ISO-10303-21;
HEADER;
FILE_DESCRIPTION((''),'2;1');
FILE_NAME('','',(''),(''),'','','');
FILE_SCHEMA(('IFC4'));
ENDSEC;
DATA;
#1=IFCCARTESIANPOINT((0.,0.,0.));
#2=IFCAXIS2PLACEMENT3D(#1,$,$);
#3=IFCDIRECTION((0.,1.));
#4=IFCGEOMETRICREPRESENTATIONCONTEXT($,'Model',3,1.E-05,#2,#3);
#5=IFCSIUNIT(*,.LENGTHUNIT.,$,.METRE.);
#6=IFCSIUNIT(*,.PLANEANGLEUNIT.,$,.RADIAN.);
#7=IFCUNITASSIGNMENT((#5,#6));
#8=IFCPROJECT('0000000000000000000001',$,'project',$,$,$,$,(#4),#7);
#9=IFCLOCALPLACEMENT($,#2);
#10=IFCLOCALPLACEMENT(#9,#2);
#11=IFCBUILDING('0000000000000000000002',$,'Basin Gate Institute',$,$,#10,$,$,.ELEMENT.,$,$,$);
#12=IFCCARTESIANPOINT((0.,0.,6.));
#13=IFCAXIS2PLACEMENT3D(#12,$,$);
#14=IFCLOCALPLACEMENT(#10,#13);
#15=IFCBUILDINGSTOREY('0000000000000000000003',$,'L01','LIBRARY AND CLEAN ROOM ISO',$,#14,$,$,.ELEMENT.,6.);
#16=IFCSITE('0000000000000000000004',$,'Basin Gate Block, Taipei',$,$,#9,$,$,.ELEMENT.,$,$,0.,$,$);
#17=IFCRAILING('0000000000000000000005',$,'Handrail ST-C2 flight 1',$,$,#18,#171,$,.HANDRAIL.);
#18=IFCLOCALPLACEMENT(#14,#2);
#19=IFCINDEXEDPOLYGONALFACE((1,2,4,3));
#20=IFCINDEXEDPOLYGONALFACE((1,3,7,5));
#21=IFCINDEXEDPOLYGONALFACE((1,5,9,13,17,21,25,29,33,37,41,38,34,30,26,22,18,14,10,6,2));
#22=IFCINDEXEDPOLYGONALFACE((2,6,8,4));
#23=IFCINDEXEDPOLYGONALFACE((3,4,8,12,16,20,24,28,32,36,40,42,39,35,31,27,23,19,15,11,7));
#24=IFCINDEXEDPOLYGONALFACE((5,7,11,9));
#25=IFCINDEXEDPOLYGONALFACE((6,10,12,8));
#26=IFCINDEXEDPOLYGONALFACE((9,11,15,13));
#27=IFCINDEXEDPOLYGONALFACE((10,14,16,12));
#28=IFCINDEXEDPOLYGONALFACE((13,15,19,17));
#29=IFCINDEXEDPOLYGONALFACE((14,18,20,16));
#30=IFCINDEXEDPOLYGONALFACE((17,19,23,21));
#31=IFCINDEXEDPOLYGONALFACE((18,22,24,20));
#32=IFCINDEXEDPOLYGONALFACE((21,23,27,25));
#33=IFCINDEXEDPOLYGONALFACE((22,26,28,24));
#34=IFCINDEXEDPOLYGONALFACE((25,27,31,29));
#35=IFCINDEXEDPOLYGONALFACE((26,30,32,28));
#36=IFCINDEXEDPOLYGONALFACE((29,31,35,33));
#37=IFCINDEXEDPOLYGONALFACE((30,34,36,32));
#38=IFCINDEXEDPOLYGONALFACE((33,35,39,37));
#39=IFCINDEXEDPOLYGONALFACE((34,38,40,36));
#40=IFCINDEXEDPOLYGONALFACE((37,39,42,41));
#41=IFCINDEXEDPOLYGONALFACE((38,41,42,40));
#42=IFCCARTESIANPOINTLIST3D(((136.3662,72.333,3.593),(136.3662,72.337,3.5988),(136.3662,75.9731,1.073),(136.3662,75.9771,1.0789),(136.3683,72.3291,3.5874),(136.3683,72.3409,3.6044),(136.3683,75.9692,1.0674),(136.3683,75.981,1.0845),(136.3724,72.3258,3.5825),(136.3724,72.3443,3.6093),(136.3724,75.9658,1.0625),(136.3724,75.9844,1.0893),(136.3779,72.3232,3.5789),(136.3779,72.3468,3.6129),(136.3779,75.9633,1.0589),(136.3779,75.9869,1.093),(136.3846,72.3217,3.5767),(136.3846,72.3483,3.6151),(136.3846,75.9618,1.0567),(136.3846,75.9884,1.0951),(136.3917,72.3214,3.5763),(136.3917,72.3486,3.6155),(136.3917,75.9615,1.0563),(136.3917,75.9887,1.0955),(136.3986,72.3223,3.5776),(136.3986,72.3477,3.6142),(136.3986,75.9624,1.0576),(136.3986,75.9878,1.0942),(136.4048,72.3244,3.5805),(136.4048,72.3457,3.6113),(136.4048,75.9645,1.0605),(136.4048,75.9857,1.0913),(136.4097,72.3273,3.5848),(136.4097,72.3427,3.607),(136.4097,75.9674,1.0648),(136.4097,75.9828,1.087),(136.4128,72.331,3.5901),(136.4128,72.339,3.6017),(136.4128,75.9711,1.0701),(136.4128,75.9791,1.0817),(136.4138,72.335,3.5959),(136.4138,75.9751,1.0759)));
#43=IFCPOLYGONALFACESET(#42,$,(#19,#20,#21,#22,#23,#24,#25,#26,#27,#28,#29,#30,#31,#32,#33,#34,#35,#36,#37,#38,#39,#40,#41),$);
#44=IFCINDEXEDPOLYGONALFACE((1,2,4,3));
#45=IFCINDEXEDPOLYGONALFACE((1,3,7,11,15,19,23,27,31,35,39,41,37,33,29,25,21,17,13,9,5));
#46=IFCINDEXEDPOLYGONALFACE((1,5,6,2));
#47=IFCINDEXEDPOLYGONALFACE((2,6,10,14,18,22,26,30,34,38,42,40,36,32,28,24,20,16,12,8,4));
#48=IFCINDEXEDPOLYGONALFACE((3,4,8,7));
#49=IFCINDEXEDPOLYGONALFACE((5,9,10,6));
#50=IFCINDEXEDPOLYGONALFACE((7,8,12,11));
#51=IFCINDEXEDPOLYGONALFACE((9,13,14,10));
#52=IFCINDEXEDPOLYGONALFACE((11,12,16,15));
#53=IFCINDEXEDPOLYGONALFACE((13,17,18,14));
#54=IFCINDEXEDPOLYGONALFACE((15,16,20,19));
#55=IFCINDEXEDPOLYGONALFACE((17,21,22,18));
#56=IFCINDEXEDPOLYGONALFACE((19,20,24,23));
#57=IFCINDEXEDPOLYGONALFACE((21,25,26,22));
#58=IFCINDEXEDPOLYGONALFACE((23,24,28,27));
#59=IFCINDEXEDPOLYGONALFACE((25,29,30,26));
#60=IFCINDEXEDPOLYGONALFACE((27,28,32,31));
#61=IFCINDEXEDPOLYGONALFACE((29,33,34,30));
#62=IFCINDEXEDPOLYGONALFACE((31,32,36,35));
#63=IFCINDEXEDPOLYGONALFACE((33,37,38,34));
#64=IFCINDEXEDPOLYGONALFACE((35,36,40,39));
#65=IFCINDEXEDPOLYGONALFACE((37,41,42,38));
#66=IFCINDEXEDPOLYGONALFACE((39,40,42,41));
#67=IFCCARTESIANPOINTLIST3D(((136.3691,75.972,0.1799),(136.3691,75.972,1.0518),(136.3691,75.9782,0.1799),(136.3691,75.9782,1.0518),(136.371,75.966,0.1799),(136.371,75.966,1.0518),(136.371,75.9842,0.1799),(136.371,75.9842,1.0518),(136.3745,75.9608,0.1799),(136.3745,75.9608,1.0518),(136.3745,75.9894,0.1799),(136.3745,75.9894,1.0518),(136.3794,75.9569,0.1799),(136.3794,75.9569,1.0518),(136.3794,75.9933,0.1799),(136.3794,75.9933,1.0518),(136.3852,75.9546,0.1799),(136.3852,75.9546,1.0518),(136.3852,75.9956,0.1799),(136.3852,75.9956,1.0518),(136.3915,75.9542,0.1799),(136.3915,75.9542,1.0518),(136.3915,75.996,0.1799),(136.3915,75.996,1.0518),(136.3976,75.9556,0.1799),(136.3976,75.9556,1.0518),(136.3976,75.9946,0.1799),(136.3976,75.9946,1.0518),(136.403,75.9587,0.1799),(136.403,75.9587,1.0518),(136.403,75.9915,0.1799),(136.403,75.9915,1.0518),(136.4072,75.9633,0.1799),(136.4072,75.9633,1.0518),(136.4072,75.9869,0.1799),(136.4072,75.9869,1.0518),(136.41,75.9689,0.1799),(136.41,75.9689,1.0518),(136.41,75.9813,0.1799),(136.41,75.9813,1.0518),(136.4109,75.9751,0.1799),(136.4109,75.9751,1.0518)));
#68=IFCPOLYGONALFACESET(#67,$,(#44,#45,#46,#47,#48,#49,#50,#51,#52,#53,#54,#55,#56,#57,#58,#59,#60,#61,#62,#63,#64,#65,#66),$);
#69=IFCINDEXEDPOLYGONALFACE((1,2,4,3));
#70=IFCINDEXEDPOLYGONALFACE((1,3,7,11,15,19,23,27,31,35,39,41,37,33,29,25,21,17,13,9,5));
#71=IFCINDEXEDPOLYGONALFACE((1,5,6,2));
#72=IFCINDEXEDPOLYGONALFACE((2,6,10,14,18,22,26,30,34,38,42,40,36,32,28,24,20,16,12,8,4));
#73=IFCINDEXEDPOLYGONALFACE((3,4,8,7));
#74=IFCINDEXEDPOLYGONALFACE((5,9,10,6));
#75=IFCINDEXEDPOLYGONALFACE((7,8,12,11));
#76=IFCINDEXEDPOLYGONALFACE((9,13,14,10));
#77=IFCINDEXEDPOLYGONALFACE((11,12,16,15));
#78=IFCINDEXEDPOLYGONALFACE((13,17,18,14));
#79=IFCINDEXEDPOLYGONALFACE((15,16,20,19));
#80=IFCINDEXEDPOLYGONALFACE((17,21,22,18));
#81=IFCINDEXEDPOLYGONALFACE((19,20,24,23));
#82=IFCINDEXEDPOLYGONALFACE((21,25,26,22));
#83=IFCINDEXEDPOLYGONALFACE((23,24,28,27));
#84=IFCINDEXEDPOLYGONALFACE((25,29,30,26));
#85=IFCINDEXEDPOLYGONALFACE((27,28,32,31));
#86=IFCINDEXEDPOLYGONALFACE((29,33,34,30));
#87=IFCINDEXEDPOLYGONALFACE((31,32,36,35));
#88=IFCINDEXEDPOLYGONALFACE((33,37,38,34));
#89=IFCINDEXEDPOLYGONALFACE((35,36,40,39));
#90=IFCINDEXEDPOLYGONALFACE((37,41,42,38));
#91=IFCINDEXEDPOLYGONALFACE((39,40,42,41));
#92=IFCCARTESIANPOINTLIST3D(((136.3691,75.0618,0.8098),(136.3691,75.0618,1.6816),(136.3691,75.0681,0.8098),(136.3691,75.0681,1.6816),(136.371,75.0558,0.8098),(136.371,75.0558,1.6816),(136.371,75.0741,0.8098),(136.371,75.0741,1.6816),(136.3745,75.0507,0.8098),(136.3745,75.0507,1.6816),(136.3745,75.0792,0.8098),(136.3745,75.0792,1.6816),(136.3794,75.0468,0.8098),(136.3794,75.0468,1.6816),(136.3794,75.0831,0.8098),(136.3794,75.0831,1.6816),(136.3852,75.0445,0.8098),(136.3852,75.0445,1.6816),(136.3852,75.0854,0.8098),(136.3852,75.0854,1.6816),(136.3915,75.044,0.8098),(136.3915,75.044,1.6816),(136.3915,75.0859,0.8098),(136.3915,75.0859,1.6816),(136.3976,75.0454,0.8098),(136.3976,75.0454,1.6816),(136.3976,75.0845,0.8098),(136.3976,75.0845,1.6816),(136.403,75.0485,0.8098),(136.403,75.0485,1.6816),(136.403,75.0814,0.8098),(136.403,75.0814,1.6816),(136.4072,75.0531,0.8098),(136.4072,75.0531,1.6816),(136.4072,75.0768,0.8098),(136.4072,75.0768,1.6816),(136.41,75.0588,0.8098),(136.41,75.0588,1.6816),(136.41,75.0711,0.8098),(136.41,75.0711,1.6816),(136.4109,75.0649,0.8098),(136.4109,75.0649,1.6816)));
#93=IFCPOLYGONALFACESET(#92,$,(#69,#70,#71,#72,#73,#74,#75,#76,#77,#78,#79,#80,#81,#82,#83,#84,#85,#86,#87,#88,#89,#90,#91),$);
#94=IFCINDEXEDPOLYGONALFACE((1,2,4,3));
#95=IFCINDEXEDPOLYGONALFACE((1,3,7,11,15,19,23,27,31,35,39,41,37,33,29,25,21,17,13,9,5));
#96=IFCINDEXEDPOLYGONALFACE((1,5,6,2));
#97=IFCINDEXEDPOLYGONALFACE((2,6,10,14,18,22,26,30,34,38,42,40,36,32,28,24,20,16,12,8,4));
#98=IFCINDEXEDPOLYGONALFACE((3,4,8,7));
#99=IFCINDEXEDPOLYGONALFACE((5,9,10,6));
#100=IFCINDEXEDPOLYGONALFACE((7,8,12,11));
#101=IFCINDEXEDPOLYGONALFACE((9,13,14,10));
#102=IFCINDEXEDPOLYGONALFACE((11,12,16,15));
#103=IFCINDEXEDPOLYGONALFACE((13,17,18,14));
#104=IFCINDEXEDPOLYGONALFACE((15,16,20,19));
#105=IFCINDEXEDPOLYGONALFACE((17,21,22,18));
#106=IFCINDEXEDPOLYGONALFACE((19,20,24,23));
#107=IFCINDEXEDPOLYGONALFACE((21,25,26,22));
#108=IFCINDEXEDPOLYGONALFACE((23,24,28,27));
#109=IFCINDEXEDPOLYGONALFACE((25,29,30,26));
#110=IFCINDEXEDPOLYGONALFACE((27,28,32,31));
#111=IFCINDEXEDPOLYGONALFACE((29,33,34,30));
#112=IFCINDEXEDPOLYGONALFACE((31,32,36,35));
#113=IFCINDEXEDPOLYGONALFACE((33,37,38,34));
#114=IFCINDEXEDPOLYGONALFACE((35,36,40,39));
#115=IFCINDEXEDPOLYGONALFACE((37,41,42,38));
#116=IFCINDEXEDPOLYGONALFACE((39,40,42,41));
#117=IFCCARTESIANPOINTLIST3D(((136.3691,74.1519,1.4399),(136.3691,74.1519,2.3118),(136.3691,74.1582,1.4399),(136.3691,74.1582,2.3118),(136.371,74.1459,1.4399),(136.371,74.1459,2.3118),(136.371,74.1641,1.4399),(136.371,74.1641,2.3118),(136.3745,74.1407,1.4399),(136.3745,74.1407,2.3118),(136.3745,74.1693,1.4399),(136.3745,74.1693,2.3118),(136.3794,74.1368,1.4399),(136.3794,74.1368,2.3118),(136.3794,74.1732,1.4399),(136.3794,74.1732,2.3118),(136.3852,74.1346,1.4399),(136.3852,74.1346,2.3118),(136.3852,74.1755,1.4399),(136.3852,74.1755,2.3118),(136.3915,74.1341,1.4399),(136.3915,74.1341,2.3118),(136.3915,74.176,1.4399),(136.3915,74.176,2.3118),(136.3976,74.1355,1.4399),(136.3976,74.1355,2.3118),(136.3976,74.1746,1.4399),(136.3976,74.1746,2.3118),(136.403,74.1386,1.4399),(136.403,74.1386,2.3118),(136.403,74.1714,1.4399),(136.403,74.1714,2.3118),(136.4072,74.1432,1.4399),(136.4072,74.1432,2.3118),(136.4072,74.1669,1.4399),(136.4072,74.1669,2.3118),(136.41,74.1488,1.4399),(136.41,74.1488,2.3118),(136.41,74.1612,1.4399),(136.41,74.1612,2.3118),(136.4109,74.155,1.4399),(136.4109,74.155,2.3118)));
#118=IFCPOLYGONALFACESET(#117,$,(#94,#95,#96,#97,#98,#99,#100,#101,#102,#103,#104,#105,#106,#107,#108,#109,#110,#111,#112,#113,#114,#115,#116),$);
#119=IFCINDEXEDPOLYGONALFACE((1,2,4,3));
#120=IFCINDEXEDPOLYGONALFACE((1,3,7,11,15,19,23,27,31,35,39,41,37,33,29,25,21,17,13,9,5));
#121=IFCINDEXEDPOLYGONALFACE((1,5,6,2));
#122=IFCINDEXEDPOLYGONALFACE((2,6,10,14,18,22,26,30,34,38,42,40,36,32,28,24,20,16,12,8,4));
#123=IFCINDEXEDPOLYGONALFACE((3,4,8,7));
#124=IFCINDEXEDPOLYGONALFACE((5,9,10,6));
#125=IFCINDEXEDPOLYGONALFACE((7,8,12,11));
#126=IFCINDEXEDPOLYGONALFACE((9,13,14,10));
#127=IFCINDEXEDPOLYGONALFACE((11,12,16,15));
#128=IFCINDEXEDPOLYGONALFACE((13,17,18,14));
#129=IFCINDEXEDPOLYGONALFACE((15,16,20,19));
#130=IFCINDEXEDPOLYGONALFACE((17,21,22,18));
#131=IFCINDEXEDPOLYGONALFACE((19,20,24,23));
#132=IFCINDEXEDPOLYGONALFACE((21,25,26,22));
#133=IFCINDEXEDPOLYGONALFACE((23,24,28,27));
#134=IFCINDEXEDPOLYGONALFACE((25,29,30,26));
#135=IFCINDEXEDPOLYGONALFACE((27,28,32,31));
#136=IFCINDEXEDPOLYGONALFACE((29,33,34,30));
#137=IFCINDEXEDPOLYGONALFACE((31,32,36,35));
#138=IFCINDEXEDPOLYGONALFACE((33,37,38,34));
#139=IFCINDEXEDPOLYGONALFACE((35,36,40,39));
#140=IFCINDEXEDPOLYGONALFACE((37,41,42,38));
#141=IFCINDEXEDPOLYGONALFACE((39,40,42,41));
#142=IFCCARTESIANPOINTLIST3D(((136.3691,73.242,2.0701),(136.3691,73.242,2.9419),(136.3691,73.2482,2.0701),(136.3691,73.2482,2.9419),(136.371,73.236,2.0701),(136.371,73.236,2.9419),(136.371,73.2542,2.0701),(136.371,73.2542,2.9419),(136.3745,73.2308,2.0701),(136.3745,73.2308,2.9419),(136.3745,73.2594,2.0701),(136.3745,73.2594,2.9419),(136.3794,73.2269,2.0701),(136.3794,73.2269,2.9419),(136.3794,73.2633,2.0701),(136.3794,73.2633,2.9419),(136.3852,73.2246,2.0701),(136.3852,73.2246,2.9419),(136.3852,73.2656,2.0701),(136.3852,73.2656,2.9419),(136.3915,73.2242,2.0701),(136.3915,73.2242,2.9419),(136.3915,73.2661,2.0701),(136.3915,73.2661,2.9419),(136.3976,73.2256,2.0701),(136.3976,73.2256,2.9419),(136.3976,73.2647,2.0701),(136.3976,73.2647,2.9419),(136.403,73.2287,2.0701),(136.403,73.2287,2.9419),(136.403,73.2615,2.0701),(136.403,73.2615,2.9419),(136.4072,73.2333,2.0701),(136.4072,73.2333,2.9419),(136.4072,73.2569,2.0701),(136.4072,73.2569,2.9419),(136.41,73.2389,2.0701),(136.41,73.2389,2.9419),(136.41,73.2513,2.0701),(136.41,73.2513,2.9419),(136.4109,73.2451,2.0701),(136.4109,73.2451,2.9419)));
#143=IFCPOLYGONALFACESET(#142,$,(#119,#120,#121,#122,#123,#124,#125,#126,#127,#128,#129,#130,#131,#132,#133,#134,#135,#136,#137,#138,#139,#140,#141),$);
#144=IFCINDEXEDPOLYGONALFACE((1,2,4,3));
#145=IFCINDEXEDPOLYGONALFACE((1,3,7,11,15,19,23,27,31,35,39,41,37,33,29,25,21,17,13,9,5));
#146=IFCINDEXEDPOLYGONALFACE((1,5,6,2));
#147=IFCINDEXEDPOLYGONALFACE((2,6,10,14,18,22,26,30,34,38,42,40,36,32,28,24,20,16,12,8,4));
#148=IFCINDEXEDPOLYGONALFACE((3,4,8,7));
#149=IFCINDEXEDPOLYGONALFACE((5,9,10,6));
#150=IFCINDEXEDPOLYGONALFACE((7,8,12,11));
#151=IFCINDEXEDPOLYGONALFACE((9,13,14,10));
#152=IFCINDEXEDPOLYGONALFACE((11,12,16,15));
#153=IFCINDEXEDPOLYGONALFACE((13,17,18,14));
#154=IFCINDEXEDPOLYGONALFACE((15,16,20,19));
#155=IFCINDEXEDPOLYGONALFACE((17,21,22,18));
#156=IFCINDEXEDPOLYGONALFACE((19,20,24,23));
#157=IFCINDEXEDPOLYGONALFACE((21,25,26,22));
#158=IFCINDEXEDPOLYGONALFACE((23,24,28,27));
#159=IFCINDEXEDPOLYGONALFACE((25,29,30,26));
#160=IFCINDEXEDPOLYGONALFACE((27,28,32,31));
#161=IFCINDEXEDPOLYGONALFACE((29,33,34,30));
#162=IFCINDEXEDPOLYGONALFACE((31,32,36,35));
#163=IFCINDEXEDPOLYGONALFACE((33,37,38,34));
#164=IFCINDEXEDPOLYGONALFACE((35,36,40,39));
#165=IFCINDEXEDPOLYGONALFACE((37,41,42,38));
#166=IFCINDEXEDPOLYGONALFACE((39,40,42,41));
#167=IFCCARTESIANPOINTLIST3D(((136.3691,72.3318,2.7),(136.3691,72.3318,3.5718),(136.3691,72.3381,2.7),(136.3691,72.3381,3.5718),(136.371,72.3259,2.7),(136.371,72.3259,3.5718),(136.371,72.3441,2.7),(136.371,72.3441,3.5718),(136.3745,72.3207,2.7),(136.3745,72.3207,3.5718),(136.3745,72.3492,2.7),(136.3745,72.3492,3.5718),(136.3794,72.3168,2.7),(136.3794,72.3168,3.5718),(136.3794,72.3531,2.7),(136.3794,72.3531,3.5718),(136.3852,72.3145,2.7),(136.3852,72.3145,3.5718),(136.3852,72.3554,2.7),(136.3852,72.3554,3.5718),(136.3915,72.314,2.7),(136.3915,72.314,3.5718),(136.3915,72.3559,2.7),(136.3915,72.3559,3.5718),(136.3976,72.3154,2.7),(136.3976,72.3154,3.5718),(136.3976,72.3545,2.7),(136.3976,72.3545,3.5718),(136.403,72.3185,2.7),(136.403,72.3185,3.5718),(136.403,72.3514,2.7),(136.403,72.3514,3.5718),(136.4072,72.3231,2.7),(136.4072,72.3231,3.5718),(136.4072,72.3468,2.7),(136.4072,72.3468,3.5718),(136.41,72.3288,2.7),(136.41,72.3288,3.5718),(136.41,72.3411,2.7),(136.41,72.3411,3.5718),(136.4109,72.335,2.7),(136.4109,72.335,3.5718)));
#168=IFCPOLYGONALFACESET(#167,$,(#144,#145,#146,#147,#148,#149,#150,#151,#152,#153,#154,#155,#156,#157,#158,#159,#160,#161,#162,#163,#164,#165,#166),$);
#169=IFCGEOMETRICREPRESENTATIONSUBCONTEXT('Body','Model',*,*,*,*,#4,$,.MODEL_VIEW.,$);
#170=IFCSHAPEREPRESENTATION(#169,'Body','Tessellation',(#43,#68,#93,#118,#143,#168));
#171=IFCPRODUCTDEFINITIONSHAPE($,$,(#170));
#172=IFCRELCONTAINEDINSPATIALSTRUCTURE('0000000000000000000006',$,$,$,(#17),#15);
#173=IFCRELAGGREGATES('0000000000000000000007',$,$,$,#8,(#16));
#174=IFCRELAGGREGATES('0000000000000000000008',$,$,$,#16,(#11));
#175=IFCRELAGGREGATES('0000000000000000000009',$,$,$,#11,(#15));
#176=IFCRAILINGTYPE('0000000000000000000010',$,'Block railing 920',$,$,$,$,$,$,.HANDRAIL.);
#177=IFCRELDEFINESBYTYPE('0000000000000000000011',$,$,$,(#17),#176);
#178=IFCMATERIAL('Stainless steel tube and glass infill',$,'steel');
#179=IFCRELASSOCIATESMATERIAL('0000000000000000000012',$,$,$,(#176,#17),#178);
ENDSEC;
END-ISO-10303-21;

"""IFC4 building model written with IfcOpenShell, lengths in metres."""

from ifc_helpers import new_model, si_unit, direction, frame, origin, origin_2d, place, context, subcontext, project, spatial, circle, extrude, material, type_object, element, save


model = new_model("IFC4")

# Units and contexts
model_context = context("Model", 3, precision=1e-05, world=origin(), true_north=direction((0.0, 1.0)))
body_context = subcontext(model_context, "Body", "Model", "MODEL_VIEW")
ifc_project = project(units=[si_unit("LENGTHUNIT", "METRE"), si_unit("PLANEANGLEUNIT", "RADIAN")], contexts=[model_context])

# Site, building, storey
site_placement = place(None, origin())
site = spatial("IfcSite", under=ifc_project, at=site_placement, Name="Basin Gate Block, Taipei", CompositionType="ELEMENT", RefElevation=0.0)
building_placement = place(site_placement, origin())
building = spatial("IfcBuilding", under=site, at=building_placement, Name="Basin Gate Institute", CompositionType="ELEMENT")
storey_placement = place(building_placement, frame((0.0, 0.0, 6.0)))
storey = spatial("IfcBuildingStorey", under=building, at=storey_placement, Name="L01", Description="LIBRARY AND CLEAN ROOM ISO", CompositionType="ELEMENT", Elevation=6.0)

# Railing
ifc_material_1 = material(Name="Stainless steel tube and glass infill", Category="steel")
railing_type_1 = type_object("IfcRailingType", Name="Block railing 920", PredefinedType="HANDRAIL", material=ifc_material_1)
for number, where, name in (
    (1, (136.3899, 75.9751, 0.1799), "Handrail ST-C2 flight 1"),
):
    element("IfcRailing", number, at=place(storey_placement, frame(where)), inside=storey, type_object=railing_type_1, material=ifc_material_1, Name=name, PredefinedType="HANDRAIL", context=body_context, shape_type="SweptSolid", body=[
        extrude(circle(Radius=0.0239, at=origin_2d()), frame((0.0, 0.0, 0.896), z_axis=(0.0, -0.8222, 0.569199), x_axis=(1.0, 0.0, 0.0)), (0.0, 0.0, 1.0), 4.4272),
        extrude(circle(Radius=0.021, at=origin_2d()), origin(), (0.0, 0.0, 1.0), 0.8718),
        extrude(circle(Radius=0.021, at=origin_2d()), frame((0.0, -0.9102, 0.6299)), (0.0, 0.0, 1.0), 0.8718),
        extrude(circle(Radius=0.021, at=origin_2d()), frame((0.0, -1.8201, 1.26)), (0.0, 0.0, 1.0), 0.8718),
        extrude(circle(Radius=0.021, at=origin_2d()), frame((0.0, -2.73, 1.8901)), (0.0, 0.0, 1.0), 0.8718),
        extrude(circle(Radius=0.021, at=origin_2d()), frame((0.0, -3.6401, 2.52)), (0.0, 0.0, 1.0), 0.8718),
    ])

save(model, "model.ifc")
